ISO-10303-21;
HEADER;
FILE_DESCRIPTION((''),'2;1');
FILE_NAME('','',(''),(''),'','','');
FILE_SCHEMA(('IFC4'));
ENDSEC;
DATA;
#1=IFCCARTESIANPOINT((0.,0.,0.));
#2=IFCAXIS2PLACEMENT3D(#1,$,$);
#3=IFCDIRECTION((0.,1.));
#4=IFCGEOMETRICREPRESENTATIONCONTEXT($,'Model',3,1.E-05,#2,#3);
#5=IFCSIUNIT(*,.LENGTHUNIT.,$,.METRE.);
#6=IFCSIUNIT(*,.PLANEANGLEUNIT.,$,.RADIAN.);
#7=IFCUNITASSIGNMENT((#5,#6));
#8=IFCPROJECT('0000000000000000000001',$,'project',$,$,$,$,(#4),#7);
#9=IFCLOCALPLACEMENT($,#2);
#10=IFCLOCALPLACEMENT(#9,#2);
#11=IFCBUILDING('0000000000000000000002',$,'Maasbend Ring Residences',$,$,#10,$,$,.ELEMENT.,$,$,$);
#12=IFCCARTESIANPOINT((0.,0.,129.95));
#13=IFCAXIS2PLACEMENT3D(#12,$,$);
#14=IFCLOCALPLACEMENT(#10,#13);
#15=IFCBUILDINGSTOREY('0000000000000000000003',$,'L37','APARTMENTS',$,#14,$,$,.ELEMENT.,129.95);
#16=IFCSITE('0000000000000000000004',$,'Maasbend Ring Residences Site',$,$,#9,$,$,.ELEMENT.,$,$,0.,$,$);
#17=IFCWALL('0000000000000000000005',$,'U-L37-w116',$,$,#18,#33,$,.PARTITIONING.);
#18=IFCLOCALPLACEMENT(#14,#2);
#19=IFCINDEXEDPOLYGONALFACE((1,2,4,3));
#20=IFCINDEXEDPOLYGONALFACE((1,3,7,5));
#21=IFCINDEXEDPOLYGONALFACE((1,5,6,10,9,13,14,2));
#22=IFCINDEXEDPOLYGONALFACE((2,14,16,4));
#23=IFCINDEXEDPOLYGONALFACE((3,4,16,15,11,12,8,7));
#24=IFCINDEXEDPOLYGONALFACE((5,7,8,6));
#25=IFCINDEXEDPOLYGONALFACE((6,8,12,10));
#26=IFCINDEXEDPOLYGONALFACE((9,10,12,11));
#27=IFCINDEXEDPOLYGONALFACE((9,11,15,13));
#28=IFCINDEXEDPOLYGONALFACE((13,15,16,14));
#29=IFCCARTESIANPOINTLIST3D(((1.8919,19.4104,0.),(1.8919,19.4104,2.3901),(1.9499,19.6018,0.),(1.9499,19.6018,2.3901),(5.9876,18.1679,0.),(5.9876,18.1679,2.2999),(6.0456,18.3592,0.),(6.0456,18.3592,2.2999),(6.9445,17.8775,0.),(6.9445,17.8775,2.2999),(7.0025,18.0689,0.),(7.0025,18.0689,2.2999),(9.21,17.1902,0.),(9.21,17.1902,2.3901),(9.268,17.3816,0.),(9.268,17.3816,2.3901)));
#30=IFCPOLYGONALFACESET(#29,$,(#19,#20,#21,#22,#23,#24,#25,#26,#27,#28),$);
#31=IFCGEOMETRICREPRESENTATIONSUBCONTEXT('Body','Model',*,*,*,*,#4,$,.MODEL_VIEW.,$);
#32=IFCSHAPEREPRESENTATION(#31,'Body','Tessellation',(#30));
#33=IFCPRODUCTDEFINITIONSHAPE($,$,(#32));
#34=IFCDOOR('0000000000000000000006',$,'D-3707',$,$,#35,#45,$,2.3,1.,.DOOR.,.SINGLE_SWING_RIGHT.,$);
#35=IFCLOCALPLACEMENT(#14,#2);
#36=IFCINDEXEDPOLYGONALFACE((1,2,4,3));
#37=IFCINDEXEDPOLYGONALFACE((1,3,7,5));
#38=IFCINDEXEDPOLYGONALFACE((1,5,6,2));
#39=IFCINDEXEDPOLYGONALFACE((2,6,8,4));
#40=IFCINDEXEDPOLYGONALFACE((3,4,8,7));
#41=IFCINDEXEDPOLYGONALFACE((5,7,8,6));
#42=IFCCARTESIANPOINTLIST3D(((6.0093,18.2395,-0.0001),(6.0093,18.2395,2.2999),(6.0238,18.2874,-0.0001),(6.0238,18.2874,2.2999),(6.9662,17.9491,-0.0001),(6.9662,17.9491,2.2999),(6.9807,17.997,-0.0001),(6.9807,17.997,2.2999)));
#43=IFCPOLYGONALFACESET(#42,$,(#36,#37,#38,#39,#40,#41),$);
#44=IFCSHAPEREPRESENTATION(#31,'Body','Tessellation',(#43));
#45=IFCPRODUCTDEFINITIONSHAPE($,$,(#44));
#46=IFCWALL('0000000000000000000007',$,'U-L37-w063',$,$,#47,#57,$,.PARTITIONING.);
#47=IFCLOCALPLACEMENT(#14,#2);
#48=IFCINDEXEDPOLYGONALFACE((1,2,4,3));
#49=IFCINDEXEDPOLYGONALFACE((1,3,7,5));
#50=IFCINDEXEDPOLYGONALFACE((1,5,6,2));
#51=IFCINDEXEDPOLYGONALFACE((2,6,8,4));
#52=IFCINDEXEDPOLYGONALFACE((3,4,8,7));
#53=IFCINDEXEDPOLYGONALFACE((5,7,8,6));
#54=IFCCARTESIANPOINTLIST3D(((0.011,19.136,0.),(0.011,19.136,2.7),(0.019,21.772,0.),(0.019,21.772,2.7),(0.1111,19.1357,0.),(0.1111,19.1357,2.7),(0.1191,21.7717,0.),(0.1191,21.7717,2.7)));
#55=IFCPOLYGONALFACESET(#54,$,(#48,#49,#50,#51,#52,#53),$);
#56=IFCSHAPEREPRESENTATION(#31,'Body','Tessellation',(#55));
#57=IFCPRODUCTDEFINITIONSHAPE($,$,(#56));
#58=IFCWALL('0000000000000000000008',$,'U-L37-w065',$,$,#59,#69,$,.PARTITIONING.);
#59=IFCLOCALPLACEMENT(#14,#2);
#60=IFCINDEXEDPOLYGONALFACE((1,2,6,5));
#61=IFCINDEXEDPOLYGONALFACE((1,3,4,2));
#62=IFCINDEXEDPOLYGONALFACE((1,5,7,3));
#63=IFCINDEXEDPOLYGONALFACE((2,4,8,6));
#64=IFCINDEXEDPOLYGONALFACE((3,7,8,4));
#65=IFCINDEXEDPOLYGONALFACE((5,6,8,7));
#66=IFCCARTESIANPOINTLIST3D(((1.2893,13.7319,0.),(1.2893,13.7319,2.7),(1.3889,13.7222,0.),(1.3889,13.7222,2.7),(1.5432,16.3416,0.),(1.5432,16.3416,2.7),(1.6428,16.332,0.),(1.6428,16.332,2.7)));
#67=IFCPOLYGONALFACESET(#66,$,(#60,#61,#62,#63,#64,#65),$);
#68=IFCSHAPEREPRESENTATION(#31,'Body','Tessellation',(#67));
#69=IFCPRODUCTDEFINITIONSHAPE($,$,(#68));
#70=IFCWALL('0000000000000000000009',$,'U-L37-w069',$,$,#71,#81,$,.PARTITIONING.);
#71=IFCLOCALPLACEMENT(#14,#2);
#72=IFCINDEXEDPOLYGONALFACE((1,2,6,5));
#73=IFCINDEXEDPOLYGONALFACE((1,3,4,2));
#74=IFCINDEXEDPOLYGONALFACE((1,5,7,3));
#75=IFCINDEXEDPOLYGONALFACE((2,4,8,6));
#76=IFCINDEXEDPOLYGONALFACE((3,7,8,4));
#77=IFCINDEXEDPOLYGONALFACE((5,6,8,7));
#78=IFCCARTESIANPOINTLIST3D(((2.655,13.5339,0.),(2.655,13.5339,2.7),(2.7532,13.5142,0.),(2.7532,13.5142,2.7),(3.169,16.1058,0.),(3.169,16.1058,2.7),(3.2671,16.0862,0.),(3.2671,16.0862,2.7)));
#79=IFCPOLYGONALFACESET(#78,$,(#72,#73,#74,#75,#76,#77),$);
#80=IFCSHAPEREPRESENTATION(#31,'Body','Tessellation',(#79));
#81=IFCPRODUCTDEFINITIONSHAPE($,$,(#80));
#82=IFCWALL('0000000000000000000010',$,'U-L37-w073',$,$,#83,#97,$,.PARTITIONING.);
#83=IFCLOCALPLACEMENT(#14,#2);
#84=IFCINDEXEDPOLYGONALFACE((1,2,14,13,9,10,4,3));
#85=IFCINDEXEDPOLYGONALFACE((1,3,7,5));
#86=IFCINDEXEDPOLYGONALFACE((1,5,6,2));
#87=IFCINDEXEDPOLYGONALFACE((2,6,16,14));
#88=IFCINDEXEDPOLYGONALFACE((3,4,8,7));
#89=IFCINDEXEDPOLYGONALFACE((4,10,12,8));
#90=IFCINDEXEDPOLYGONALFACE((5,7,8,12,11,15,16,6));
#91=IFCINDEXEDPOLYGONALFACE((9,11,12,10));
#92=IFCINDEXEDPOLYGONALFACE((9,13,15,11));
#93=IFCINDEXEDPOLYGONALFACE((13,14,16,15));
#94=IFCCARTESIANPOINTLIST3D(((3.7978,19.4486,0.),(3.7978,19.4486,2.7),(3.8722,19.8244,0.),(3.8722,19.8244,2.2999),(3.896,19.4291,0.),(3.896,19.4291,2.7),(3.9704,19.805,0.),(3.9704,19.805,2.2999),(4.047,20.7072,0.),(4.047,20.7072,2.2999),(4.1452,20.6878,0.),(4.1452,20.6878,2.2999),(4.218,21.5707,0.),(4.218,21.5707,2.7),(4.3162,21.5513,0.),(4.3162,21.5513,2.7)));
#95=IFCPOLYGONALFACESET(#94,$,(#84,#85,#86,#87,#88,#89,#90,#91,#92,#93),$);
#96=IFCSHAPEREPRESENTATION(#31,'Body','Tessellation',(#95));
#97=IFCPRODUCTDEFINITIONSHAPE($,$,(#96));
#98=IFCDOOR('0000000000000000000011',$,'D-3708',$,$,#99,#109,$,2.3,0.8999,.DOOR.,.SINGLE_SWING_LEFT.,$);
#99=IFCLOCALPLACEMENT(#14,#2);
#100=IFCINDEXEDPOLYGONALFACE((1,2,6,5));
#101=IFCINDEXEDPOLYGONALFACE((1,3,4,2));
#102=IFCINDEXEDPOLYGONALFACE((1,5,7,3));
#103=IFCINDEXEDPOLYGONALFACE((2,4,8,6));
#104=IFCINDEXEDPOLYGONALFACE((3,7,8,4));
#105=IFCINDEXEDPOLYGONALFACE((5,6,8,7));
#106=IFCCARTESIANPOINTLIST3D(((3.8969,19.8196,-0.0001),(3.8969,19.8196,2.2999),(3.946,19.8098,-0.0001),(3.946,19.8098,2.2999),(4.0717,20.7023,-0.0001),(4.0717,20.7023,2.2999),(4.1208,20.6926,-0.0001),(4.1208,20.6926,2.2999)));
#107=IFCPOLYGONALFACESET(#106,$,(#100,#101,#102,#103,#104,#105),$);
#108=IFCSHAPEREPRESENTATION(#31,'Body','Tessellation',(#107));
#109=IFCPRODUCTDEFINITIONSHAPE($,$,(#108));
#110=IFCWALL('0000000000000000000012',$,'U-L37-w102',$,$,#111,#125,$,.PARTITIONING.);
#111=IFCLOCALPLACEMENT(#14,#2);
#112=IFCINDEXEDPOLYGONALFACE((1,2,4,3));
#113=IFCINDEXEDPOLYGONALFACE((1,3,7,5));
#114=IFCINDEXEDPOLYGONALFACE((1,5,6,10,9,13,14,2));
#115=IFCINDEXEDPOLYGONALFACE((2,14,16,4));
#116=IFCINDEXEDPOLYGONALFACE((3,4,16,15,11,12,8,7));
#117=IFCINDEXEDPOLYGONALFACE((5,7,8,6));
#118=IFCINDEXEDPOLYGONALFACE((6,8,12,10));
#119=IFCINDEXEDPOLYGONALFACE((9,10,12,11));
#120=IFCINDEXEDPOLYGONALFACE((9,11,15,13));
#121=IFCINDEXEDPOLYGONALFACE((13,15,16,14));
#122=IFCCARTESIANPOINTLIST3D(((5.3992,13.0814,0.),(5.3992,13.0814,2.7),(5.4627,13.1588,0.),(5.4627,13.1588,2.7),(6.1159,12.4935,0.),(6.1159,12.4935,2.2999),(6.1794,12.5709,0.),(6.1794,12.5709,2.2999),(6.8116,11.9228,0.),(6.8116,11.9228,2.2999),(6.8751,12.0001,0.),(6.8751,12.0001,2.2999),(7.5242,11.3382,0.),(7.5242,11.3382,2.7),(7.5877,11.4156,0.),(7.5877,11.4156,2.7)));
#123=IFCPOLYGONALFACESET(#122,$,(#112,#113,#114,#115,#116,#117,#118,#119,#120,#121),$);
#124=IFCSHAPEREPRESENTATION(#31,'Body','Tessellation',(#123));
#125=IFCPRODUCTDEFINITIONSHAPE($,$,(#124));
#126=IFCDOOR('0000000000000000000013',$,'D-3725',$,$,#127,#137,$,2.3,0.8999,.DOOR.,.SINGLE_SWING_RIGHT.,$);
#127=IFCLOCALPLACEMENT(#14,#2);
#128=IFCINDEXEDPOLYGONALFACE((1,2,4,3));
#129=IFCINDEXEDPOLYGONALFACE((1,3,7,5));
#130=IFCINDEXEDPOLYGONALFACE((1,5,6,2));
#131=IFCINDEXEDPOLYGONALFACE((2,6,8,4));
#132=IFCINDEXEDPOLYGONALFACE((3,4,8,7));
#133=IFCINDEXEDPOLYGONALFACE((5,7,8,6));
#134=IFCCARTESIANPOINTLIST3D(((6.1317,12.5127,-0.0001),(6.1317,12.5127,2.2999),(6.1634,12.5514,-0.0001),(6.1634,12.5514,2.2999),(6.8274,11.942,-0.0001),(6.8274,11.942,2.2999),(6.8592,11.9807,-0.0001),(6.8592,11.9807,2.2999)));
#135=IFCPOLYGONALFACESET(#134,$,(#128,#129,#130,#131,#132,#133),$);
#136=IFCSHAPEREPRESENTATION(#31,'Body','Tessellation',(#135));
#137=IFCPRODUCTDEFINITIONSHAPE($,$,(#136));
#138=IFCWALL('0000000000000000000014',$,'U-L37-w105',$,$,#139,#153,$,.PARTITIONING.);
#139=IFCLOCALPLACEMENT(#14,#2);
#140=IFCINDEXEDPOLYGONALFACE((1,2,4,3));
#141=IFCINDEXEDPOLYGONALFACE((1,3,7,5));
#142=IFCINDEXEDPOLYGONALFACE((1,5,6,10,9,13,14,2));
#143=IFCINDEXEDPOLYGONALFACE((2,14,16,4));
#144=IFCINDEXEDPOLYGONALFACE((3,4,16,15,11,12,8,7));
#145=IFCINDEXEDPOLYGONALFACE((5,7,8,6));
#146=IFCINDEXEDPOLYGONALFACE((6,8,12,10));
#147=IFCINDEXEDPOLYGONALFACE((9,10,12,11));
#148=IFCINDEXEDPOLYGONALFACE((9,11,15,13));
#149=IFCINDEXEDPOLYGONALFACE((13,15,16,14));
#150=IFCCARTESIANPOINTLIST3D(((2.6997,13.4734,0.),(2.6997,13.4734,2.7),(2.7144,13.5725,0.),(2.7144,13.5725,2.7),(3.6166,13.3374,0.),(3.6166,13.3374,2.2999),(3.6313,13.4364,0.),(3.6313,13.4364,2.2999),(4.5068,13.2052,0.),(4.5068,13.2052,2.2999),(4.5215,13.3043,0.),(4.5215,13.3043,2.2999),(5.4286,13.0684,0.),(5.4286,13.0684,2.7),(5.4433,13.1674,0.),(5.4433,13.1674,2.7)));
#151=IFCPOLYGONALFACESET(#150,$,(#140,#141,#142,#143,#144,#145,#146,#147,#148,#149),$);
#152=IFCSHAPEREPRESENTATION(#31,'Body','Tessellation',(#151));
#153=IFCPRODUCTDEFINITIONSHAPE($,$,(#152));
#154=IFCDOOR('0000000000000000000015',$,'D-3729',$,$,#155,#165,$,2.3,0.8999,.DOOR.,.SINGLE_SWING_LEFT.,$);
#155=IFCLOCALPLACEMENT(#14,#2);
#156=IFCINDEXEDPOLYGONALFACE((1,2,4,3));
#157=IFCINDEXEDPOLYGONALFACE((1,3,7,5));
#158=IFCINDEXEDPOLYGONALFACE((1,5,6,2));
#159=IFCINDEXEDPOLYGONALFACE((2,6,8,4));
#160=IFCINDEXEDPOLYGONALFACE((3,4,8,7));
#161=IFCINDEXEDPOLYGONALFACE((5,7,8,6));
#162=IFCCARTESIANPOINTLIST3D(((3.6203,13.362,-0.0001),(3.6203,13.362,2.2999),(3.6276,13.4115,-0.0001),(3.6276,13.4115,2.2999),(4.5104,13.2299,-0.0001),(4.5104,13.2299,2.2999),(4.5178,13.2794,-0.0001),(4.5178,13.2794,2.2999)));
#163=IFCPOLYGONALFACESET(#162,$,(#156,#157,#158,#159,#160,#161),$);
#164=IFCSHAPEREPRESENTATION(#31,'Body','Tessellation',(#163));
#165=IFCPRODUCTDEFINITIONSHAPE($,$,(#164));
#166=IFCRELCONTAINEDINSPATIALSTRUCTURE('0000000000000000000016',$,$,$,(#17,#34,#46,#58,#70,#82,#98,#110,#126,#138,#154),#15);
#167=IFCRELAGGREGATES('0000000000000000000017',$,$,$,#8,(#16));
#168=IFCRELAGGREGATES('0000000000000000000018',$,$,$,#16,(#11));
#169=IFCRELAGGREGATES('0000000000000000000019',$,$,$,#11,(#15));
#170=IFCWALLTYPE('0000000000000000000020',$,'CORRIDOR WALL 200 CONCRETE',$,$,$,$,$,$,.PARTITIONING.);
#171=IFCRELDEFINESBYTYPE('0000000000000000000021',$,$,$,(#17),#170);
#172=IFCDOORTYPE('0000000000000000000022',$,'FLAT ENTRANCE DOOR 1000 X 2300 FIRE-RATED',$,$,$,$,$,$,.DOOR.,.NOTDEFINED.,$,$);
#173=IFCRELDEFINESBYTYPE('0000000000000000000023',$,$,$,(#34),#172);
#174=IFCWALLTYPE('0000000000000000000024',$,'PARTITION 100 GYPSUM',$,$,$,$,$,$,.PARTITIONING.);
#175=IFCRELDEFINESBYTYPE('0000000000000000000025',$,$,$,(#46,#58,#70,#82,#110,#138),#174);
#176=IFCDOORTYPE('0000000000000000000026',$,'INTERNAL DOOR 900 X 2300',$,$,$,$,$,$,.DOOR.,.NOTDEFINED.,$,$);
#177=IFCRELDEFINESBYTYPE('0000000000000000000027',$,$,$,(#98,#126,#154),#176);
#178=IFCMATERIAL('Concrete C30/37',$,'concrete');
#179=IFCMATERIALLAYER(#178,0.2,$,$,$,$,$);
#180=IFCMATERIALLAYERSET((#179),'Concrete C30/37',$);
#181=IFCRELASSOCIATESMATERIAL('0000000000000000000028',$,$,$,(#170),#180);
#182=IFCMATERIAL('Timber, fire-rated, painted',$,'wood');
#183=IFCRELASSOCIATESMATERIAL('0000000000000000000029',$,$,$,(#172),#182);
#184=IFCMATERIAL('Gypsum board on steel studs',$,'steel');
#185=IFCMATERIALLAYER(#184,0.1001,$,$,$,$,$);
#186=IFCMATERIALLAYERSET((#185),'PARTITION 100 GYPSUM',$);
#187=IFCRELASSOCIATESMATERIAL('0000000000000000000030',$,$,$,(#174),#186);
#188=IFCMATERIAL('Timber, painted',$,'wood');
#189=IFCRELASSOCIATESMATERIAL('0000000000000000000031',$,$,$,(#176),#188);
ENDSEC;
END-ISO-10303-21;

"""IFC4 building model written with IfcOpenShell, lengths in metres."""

from ifc_helpers import new_model, si_unit, direction, frame, frame_2d, origin, place, context, subcontext, project, spatial, rectangle, extrude, material, layer, layer_set, type_object, element, fill, save


model = new_model("IFC4")

# Units and contexts
model_context = context("Model", 3, precision=1e-05, world=origin(), true_north=direction((0.0, 1.0)))
body_context = subcontext(model_context, "Body", "Model", "MODEL_VIEW")
ifc_project = project(units=[si_unit("LENGTHUNIT", "METRE"), si_unit("PLANEANGLEUNIT", "RADIAN")], contexts=[model_context])

# Site, building, storey
site_placement = place(None, origin())
site = spatial("IfcSite", under=ifc_project, at=site_placement, Name="Maasbend Ring Residences Site", CompositionType="ELEMENT", RefElevation=0.0)
building_placement = place(site_placement, origin())
building = spatial("IfcBuilding", under=site, at=building_placement, Name="Maasbend Ring Residences", CompositionType="ELEMENT")
storey_placement = place(building_placement, frame((0.0, 0.0, 129.95)))
storey = spatial("IfcBuildingStorey", under=building, at=storey_placement, Name="L37", Description="APARTMENTS", CompositionType="ELEMENT", Elevation=129.95)

# Wall, opening, door
ifc_material_1 = material(Name="Concrete C30/37", Category="concrete")
ifc_layer_1 = layer(ifc_material_1, 0.2)
ifc_layer_set_1 = layer_set([ifc_layer_1], Name="Concrete C30/37")
wall_type_1 = type_object("IfcWallType", Name="CORRIDOR WALL 200 CONCRETE", PredefinedType="PARTITIONING", material=ifc_layer_set_1)
ifc_material_2 = material(Name="Timber, fire-rated, painted", Category="wood")
door_type_1 = type_object("IfcDoorType", Name="FLAT ENTRANCE DOOR 1000 X 2300 FIRE-RATED", OperationType="NOTDEFINED", PredefinedType="DOOR", material=ifc_material_2)
wall_1_placement = place(storey_placement, frame((1.9209, 19.5061, 0.0), z_axis=(0.0, 0.0, 1.0), x_axis=(0.95693, -0.290319, 0.0)))
wall_1 = element("IfcWall", 1, at=wall_1_placement, inside=storey, type_object=wall_type_1, Name="U-L37-w116", PredefinedType="PARTITIONING", context=body_context, shape_type="SweptSolid", body=[
    extrude(rectangle(XDim=7.6475, YDim=0.2, at=frame_2d((3.8237, 0.0))), origin(), (0.0, 0.0, 1.0), 2.3901),
])
opening_1_placement = place(wall_1_placement, frame((4.28, 0.0, 0.0)))
opening_1 = element("IfcOpeningElement", 2, at=opening_1_placement, cuts=wall_1, PredefinedType="OPENING", context=body_context, shape_type="SweptSolid", body=[
    extrude(rectangle(XDim=1.0, YDim=2.3, at=frame_2d((0.5, 1.1499))), frame((0.0, 0.1099, 0.0), z_axis=(0.0, -1.0, 0.0), x_axis=(1.0, 0.0, 0.0)), (0.0, 0.0, 1.0), 0.22),
])
door_1_placement = place(opening_1_placement, origin())
door_1 = element("IfcDoor", 3, at=door_1_placement, inside=storey, type_object=door_type_1, Name="D-3707", OperationType="SINGLE_SWING_RIGHT", OverallHeight=2.3, OverallWidth=1.0, PredefinedType="DOOR", context=body_context, shape_type="SweptSolid", body=[
    extrude(rectangle(XDim=1.0, YDim=2.3, at=frame_2d((0.5, 1.1499))), frame((0.0, 0.0249, 0.0), z_axis=(0.0, -1.0, 0.0), x_axis=(1.0, 0.0, 0.0)), (0.0, 0.0, 1.0), 0.05),
])
fill(opening_1, door_1)

# Walls
ifc_material_3 = material(Name="Gypsum board on steel studs", Category="steel")
ifc_layer_2 = layer(ifc_material_3, 0.1001)
ifc_layer_set_2 = layer_set([ifc_layer_2], Name="PARTITION 100 GYPSUM")
wall_type_2 = type_object("IfcWallType", Name="PARTITION 100 GYPSUM", PredefinedType="PARTITIONING", material=ifc_layer_set_2)
wall_2_placement = place(storey_placement, frame((0.061, 19.136, 0.0), z_axis=(0.0, 0.0, 1.0), x_axis=(0.003056, 0.999995, 0.0)))
element("IfcWall", 4, at=wall_2_placement, inside=storey, type_object=wall_type_2, Name="U-L37-w063", PredefinedType="PARTITIONING", context=body_context, shape_type="SweptSolid", body=[
    extrude(rectangle(XDim=2.636, YDim=0.1001, at=frame_2d((1.3179, 0.0))), origin(), (0.0, 0.0, 1.0), 2.7),
])
wall_3_placement = place(storey_placement, frame((1.3391, 13.7271, 0.0), z_axis=(0.0, 0.0, 1.0), x_axis=(0.09683, 0.995301, 0.0)))
element("IfcWall", 5, at=wall_3_placement, inside=storey, type_object=wall_type_2, Name="U-L37-w065", PredefinedType="PARTITIONING", context=body_context, shape_type="SweptSolid", body=[
    extrude(rectangle(XDim=2.6221, YDim=0.1001, at=frame_2d((1.311, 0.0))), origin(), (0.0, 0.0, 1.0), 2.7),
])
wall_4_placement = place(storey_placement, frame((2.7041, 13.5239, 0.0), z_axis=(0.0, 0.0, 1.0), x_axis=(0.195937, 0.980616, 0.0)))
element("IfcWall", 6, at=wall_4_placement, inside=storey, type_object=wall_type_2, Name="U-L37-w069", PredefinedType="PARTITIONING", context=body_context, shape_type="SweptSolid", body=[
    extrude(rectangle(XDim=2.6228, YDim=0.1001, at=frame_2d((1.3115, 0.0))), origin(), (0.0, 0.0, 1.0), 2.7),
])

# Walls, openings, doors
wall_5_placement = place(storey_placement, frame((3.8469, 19.439, 0.0), z_axis=(0.0, 0.0, 1.0), x_axis=(0.194228, 0.980956, 0.0)))
wall_5 = element("IfcWall", 7, at=wall_5_placement, inside=storey, type_object=wall_type_2, Name="U-L37-w073", PredefinedType="PARTITIONING", context=body_context, shape_type="SweptSolid", body=[
    extrude(rectangle(XDim=2.1633, YDim=0.1001, at=frame_2d((1.0815, 0.0))), origin(), (0.0, 0.0, 1.0), 2.7),
])
opening_2_placement = place(wall_5_placement, frame((0.3831, 0.0, 0.0)))
opening_2 = element("IfcOpeningElement", 8, at=opening_2_placement, cuts=wall_5, PredefinedType="OPENING", context=body_context, shape_type="SweptSolid", body=[
    extrude(rectangle(XDim=0.8999, YDim=2.3, at=frame_2d((0.45, 1.1499))), frame((0.0, 0.0601, 0.0), z_axis=(0.0, -1.0, 0.0), x_axis=(1.0, 0.0, 0.0)), (0.0, 0.0, 1.0), 0.1201),
])
ifc_material_4 = material(Name="Timber, painted", Category="wood")
door_type_2 = type_object("IfcDoorType", Name="INTERNAL DOOR 900 X 2300", OperationType="NOTDEFINED", PredefinedType="DOOR", material=ifc_material_4)
door_2_placement = place(opening_2_placement, origin())
door_2 = element("IfcDoor", 9, at=door_2_placement, inside=storey, type_object=door_type_2, Name="D-3708", OperationType="SINGLE_SWING_LEFT", OverallHeight=2.3, OverallWidth=0.8999, PredefinedType="DOOR", context=body_context, shape_type="SweptSolid", body=[
    extrude(rectangle(XDim=0.8999, YDim=2.3, at=frame_2d((0.45, 1.1499))), frame((0.0, 0.0249, 0.0), z_axis=(0.0, -1.0, 0.0), x_axis=(1.0, 0.0, 0.0)), (0.0, 0.0, 1.0), 0.05),
])
fill(opening_2, door_2)
wall_6_placement = place(storey_placement, frame((5.4309, 13.1201, 0.0), z_axis=(0.0, 0.0, 1.0), x_axis=(0.773149, -0.634224, 0.0)))
wall_6 = element("IfcWall", 10, at=wall_6_placement, inside=storey, type_object=wall_type_2, Name="U-L37-w102", PredefinedType="PARTITIONING", context=body_context, shape_type="SweptSolid", body=[
    extrude(rectangle(XDim=2.7485, YDim=0.1001, at=frame_2d((1.3743, 0.0))), origin(), (0.0, 0.0, 1.0), 2.7),
])
opening_3_placement = place(wall_6_placement, frame((0.927, 0.0, 0.0)))
opening_3 = element("IfcOpeningElement", 11, at=opening_3_placement, cuts=wall_6, PredefinedType="OPENING", context=body_context, shape_type="SweptSolid", body=[
    extrude(rectangle(XDim=0.8999, YDim=2.3, at=frame_2d((0.45, 1.1499))), frame((0.0, 0.0601, 0.0), z_axis=(0.0, -1.0, 0.0), x_axis=(1.0, 0.0, 0.0)), (0.0, 0.0, 1.0), 0.1201),
])
door_3_placement = place(opening_3_placement, origin())
door_3 = element("IfcDoor", 12, at=door_3_placement, inside=storey, type_object=door_type_2, Name="D-3725", OperationType="SINGLE_SWING_RIGHT", OverallHeight=2.3, OverallWidth=0.8999, PredefinedType="DOOR", context=body_context, shape_type="SweptSolid", body=[
    extrude(rectangle(XDim=0.8999, YDim=2.3, at=frame_2d((0.45, 1.1499))), frame((0.0, 0.0249, 0.0), z_axis=(0.0, -1.0, 0.0), x_axis=(1.0, 0.0, 0.0)), (0.0, 0.0, 1.0), 0.05),
])
fill(opening_3, door_3)
wall_7_placement = place(storey_placement, frame((2.707, 13.5229, 0.0), z_axis=(0.0, 0.0, 1.0), x_axis=(0.989165, -0.146808, 0.0)))
wall_7 = element("IfcWall", 13, at=wall_7_placement, inside=storey, type_object=wall_type_2, Name="U-L37-w105", PredefinedType="PARTITIONING", context=body_context, shape_type="SweptSolid", body=[
    extrude(rectangle(XDim=2.7588, YDim=0.1001, at=frame_2d((1.3794, 0.0))), origin(), (0.0, 0.0, 1.0), 2.7),
])
opening_4_placement = place(wall_7_placement, frame((0.927, 0.0, 0.0)))
opening_4 = element("IfcOpeningElement", 14, at=opening_4_placement, cuts=wall_7, PredefinedType="OPENING", context=body_context, shape_type="SweptSolid", body=[
    extrude(rectangle(XDim=0.8999, YDim=2.3, at=frame_2d((0.45, 1.1499))), frame((0.0, 0.0601, 0.0), z_axis=(0.0, -1.0, 0.0), x_axis=(1.0, 0.0, 0.0)), (0.0, 0.0, 1.0), 0.1201),
])
door_4_placement = place(opening_4_placement, origin())
door_4 = element("IfcDoor", 15, at=door_4_placement, inside=storey, type_object=door_type_2, Name="D-3729", OperationType="SINGLE_SWING_LEFT", OverallHeight=2.3, OverallWidth=0.8999, PredefinedType="DOOR", context=body_context, shape_type="SweptSolid", body=[
    extrude(rectangle(XDim=0.8999, YDim=2.3, at=frame_2d((0.45, 1.1499))), frame((0.0, 0.0249, 0.0), z_axis=(0.0, -1.0, 0.0), x_axis=(1.0, 0.0, 0.0)), (0.0, 0.0, 1.0), 0.05),
])
fill(opening_4, door_4)

save(model, "model.ifc")
